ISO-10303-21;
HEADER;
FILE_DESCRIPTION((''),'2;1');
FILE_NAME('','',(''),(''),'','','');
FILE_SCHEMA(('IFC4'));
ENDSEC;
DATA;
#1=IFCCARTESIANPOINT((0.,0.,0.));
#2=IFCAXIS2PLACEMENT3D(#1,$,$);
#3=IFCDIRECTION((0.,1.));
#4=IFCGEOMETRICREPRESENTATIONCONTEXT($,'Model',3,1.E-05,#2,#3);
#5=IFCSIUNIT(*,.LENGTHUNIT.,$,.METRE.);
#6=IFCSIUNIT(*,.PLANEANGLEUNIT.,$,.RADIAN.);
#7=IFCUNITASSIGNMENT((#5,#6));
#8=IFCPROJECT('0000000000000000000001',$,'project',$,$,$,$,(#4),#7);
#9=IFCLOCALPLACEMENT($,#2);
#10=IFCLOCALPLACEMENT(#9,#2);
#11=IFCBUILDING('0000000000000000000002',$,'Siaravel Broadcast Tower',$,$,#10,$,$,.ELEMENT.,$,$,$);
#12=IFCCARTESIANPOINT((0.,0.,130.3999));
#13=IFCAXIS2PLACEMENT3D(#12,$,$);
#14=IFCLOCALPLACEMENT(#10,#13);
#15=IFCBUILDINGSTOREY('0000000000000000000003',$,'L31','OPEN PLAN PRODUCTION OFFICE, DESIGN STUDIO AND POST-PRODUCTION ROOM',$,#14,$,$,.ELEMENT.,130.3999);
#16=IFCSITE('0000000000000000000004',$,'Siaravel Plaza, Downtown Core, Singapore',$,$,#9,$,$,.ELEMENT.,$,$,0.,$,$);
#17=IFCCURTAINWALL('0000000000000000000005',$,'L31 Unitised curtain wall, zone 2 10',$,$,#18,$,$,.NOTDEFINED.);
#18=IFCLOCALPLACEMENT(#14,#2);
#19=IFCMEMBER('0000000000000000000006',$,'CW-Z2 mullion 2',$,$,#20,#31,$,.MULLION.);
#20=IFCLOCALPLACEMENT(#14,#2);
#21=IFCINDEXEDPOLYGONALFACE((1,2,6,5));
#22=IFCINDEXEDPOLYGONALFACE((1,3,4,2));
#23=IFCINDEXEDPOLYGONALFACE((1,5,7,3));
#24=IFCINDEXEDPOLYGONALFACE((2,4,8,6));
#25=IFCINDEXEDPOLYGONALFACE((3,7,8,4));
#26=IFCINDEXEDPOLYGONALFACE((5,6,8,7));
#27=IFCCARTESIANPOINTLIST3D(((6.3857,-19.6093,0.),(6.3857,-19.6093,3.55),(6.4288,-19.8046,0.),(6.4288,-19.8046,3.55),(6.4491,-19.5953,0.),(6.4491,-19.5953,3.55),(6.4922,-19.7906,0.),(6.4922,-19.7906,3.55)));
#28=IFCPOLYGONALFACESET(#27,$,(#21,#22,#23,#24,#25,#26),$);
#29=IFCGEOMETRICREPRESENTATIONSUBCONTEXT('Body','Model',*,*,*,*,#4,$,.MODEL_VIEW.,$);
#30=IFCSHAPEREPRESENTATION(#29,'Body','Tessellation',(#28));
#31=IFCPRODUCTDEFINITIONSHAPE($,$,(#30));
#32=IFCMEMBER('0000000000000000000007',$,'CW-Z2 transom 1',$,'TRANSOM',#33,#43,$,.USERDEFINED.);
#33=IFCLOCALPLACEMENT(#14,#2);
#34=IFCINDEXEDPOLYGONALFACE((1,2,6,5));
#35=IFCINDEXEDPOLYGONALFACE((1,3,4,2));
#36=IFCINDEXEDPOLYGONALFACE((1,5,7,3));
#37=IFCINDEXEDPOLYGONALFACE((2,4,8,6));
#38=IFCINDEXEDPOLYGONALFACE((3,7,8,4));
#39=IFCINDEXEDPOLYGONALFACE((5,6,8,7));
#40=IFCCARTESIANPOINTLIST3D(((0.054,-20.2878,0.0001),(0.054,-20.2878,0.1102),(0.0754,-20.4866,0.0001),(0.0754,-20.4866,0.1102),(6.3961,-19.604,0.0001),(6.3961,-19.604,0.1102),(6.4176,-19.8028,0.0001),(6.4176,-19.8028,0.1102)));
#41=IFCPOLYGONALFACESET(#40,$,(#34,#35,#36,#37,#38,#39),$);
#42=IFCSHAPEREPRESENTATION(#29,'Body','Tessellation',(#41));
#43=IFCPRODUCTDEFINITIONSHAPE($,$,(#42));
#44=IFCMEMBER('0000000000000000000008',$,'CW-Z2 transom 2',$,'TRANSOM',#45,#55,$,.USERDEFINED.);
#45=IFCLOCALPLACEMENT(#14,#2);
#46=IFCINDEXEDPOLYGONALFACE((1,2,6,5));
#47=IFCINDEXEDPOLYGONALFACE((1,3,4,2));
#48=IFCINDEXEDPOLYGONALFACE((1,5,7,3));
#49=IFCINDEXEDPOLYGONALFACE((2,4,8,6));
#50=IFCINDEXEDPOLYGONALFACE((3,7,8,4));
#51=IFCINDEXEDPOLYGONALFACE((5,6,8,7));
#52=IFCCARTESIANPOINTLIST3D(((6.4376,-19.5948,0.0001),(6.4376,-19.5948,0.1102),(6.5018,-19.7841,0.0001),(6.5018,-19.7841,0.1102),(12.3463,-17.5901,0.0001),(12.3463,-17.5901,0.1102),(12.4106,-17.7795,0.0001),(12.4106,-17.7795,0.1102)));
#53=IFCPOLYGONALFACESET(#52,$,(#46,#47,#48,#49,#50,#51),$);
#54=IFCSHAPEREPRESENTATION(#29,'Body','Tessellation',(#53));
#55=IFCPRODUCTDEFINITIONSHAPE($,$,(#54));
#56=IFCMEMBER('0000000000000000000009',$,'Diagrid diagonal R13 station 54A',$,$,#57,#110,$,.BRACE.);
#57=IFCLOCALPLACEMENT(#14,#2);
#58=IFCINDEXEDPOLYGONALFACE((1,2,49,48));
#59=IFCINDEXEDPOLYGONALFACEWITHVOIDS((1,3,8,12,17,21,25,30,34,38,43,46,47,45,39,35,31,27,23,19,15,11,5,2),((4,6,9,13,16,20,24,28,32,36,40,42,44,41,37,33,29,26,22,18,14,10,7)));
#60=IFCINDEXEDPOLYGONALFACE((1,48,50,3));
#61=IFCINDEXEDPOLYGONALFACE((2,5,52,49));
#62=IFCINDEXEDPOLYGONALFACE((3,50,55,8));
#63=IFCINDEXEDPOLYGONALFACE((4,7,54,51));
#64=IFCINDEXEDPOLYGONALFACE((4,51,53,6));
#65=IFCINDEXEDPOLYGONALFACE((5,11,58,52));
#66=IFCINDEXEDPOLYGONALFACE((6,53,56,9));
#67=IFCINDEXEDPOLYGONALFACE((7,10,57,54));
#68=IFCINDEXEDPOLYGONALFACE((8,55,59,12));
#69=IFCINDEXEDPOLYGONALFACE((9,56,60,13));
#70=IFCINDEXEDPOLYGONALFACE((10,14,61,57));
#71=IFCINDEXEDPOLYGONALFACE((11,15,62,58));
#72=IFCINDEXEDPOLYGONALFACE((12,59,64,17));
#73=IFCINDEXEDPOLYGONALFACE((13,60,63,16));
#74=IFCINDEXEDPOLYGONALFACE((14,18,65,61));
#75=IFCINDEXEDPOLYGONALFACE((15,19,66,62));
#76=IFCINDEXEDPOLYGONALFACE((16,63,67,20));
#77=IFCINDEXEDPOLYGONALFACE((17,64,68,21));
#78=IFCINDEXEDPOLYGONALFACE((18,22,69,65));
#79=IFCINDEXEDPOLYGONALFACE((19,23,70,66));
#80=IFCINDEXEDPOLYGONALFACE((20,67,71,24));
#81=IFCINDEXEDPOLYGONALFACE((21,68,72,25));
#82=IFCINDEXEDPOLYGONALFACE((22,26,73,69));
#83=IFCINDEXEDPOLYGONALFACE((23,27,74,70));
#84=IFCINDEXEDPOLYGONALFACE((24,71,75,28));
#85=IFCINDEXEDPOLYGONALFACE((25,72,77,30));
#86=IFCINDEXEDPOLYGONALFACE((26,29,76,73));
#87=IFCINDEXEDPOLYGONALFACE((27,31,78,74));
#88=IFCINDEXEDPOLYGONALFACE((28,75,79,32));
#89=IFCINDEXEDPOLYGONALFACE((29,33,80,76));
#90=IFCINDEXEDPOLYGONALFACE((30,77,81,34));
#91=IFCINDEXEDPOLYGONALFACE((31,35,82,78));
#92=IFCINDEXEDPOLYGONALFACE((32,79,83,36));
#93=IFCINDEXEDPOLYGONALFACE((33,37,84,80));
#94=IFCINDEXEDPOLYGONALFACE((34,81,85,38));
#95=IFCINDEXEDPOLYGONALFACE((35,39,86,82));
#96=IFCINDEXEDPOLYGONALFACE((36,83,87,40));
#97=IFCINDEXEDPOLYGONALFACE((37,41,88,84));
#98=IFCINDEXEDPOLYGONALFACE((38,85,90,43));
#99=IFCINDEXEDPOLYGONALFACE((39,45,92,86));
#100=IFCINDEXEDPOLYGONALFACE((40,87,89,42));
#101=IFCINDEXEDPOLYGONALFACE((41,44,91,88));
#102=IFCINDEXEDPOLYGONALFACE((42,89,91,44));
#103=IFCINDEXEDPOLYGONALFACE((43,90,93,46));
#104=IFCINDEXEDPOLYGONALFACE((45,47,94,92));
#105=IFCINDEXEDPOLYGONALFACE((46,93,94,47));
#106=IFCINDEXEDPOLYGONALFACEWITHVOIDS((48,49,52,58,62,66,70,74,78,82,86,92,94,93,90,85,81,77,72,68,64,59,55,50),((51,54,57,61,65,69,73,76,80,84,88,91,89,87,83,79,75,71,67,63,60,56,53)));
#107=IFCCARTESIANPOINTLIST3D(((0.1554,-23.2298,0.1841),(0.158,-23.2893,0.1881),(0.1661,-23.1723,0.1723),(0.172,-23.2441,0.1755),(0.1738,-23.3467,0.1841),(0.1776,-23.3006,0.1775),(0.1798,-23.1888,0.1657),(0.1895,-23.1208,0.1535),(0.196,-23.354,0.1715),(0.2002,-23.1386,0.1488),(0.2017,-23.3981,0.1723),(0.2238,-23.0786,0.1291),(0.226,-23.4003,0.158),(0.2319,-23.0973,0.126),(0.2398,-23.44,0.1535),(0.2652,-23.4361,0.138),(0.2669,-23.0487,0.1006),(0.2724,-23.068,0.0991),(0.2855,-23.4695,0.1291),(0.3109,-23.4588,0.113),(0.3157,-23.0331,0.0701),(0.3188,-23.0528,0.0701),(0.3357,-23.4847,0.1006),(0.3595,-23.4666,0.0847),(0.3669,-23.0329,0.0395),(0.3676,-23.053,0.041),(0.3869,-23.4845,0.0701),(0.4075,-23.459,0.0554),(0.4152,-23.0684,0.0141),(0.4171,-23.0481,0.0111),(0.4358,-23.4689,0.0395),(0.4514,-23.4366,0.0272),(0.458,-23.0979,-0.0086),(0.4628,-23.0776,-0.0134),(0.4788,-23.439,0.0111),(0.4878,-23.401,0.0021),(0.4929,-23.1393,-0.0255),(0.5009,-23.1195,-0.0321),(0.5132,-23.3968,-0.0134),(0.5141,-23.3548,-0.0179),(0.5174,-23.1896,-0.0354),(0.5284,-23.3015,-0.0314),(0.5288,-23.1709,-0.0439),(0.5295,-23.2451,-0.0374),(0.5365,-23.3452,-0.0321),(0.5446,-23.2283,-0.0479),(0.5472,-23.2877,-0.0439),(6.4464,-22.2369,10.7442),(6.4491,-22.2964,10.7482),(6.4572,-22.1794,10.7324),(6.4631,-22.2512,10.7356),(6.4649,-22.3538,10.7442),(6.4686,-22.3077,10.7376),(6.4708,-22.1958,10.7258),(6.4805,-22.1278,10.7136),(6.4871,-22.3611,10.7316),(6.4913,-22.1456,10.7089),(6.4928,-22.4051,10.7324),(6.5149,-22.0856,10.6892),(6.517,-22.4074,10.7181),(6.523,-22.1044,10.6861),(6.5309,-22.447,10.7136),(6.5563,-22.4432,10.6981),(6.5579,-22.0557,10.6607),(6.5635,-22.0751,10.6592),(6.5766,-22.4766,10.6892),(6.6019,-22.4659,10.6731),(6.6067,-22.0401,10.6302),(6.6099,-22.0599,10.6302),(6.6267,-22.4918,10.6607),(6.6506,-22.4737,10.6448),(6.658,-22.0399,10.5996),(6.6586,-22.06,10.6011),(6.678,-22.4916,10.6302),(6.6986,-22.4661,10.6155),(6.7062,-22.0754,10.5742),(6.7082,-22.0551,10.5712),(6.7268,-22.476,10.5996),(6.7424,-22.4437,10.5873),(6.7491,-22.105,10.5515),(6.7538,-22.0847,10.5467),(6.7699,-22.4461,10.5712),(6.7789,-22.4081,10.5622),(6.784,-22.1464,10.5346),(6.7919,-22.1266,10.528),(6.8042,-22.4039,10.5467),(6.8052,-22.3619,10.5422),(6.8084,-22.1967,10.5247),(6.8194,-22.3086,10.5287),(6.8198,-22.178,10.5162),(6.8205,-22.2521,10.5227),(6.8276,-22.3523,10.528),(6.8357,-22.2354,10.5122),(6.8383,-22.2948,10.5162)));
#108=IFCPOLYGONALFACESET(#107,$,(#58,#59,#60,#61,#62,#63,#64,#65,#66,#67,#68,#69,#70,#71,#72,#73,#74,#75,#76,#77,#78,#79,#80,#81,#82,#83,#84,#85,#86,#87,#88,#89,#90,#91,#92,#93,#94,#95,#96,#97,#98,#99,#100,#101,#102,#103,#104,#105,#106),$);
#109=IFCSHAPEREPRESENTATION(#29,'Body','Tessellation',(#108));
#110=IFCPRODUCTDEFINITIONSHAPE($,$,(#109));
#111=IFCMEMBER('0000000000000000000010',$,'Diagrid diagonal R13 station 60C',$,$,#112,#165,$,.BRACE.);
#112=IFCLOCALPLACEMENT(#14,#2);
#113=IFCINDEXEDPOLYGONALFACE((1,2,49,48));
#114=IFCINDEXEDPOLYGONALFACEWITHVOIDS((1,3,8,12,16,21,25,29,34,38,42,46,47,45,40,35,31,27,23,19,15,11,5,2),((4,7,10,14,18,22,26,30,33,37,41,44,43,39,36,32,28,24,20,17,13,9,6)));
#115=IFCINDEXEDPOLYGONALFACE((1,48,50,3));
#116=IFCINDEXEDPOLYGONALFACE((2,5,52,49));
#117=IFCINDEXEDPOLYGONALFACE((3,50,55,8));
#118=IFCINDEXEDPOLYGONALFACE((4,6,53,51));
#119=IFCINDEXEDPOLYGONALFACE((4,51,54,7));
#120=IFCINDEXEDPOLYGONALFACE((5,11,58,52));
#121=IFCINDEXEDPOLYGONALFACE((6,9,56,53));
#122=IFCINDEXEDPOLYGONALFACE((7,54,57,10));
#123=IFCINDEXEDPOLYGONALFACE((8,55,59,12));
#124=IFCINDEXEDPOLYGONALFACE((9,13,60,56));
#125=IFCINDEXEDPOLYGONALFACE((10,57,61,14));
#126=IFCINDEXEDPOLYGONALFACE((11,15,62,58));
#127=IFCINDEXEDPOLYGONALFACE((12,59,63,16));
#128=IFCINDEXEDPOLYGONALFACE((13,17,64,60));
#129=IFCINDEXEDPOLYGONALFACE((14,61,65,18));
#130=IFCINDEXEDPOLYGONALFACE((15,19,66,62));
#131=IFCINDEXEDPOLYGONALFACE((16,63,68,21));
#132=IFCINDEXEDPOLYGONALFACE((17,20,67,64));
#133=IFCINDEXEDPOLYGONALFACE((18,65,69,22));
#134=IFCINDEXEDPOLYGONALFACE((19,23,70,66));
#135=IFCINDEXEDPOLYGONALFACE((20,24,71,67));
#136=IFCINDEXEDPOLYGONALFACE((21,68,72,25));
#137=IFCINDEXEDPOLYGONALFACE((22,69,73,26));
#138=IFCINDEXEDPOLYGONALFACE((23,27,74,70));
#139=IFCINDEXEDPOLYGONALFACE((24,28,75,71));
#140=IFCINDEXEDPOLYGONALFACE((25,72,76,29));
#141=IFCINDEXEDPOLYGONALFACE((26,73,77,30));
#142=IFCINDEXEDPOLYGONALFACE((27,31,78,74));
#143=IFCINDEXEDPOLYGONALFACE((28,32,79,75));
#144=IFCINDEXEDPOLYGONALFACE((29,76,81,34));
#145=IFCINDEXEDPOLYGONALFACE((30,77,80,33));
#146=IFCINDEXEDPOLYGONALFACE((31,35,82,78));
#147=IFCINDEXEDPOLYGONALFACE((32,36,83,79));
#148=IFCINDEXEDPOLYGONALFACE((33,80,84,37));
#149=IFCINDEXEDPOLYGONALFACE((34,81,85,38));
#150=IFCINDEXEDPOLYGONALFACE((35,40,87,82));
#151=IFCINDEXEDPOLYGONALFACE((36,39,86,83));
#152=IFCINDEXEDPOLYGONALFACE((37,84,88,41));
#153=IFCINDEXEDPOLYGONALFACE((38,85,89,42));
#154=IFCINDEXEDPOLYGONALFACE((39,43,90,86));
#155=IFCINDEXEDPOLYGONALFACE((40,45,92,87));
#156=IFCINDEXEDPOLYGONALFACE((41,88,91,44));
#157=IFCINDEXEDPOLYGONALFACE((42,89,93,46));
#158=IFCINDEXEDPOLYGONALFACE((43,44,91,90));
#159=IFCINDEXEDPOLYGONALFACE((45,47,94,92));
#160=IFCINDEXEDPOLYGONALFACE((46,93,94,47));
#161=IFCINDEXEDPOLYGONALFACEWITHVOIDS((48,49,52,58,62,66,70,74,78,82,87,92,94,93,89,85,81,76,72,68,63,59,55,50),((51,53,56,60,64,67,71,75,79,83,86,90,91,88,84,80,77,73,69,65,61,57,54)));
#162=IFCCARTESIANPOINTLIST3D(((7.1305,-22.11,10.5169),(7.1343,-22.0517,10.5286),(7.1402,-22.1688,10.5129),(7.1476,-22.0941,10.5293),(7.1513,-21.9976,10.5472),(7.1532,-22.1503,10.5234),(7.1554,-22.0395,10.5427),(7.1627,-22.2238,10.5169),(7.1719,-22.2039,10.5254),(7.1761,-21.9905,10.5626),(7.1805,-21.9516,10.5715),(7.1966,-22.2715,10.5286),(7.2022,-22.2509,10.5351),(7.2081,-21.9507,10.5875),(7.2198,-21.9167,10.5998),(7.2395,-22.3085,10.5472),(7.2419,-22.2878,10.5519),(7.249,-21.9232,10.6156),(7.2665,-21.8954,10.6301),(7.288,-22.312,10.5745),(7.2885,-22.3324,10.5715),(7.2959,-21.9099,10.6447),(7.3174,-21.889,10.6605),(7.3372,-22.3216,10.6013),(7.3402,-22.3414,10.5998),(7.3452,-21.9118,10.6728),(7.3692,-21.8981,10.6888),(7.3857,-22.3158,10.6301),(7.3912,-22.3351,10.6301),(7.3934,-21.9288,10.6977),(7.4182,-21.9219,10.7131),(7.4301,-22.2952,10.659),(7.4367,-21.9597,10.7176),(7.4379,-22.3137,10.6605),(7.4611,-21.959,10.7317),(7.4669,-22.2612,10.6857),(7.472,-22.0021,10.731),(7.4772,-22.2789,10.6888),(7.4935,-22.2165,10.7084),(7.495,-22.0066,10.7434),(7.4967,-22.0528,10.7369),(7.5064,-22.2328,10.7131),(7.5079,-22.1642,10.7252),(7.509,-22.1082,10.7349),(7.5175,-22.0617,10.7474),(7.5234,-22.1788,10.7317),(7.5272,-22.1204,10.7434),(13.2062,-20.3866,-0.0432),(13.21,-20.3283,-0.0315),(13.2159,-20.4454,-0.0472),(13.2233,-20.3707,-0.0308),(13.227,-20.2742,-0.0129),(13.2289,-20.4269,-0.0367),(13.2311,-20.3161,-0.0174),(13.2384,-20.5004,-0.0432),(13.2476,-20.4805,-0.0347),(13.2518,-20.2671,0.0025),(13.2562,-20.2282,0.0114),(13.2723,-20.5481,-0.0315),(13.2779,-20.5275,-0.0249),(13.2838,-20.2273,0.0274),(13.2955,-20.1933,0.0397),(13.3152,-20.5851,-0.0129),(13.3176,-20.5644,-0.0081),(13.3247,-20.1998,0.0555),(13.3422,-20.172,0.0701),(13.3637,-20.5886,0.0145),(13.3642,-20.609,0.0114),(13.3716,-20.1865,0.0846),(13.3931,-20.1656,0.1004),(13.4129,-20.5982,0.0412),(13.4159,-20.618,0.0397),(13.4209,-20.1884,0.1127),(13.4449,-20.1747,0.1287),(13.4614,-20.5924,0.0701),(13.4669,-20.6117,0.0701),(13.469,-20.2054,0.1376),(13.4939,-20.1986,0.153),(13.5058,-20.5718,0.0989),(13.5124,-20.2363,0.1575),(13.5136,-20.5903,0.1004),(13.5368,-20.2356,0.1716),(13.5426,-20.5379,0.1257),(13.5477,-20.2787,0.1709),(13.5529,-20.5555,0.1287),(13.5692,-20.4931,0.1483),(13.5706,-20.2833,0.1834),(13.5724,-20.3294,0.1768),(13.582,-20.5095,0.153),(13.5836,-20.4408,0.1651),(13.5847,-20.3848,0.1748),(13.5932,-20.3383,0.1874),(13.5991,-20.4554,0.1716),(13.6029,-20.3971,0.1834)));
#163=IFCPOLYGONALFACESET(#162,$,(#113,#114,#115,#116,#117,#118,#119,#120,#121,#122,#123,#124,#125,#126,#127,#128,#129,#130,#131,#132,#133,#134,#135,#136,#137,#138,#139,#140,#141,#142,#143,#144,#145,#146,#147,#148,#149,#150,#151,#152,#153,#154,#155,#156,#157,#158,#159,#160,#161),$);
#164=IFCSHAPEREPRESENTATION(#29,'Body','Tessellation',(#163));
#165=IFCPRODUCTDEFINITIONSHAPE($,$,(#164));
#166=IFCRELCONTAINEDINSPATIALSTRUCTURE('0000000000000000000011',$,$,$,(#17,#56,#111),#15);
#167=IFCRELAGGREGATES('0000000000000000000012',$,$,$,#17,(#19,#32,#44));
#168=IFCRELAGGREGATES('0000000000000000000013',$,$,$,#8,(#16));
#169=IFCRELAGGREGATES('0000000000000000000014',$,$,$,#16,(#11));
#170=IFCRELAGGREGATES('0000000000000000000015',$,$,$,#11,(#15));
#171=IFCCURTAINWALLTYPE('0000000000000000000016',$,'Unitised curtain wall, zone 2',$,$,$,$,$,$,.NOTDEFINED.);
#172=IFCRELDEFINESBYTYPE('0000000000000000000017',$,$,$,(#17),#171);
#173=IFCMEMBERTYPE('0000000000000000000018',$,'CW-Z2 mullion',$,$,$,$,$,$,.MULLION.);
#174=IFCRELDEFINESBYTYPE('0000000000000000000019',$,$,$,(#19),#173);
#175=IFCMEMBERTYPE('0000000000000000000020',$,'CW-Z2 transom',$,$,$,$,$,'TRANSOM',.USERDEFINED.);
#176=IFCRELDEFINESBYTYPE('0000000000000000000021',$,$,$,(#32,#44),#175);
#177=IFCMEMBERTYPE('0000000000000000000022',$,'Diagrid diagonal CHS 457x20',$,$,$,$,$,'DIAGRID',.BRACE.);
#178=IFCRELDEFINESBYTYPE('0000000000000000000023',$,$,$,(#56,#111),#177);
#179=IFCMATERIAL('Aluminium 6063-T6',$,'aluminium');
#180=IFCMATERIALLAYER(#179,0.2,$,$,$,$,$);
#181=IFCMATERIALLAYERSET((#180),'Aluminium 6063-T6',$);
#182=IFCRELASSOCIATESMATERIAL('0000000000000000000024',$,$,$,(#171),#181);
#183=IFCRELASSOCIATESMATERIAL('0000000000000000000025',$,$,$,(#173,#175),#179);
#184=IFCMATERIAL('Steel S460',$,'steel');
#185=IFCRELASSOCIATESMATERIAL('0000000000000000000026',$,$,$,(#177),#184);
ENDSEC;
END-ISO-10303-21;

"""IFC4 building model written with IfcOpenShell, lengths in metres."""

from ifc_helpers import new_model, si_unit, direction, frame, origin, origin_2d, place, context, subcontext, project, spatial, rectangle, hollow_circle, extrude, material, layer, layer_set, material_profile, profile_set, type_object, element, aggregate, save


model = new_model("IFC4")

# Units and contexts
model_context = context("Model", 3, precision=1e-05, world=origin(), true_north=direction((0.0, 1.0)))
body_context = subcontext(model_context, "Body", "Model", "MODEL_VIEW")
ifc_project = project(units=[si_unit("LENGTHUNIT", "METRE"), si_unit("PLANEANGLEUNIT", "RADIAN")], contexts=[model_context])

# Site, building, storey
site_placement = place(None, origin())
site = spatial("IfcSite", under=ifc_project, at=site_placement, Name="Siaravel Plaza, Downtown Core, Singapore", CompositionType="ELEMENT", RefElevation=0.0)
building_placement = place(site_placement, origin())
building = spatial("IfcBuilding", under=site, at=building_placement, Name="Siaravel Broadcast Tower", CompositionType="ELEMENT")
storey_placement = place(building_placement, frame((0.0, 0.0, 130.3999)))
storey = spatial("IfcBuildingStorey", under=building, at=storey_placement, Name="L31", Description="OPEN PLAN PRODUCTION OFFICE, DESIGN STUDIO AND POST-PRODUCTION ROOM", CompositionType="ELEMENT", Elevation=130.3999)

# Curtain wall, members
ifc_material_1 = material(Name="Aluminium 6063-T6", Category="aluminium")
ifc_layer_1 = layer(ifc_material_1, 0.2)
ifc_layer_set_1 = layer_set([ifc_layer_1], Name="Aluminium 6063-T6")
curtain_wall_type = type_object("IfcCurtainWallType", Name="Unitised curtain wall, zone 2", PredefinedType="NOTDEFINED", material=ifc_layer_set_1)
curtain_wall_placement = place(storey_placement, origin())
curtain_wall = element("IfcCurtainWall", 1, at=curtain_wall_placement, inside=storey, type_object=curtain_wall_type, Name="L31 Unitised curtain wall, zone 2 10", PredefinedType="NOTDEFINED")
ifc_material_profile_1 = material_profile(ifc_material_1, rectangle(XDim=0.2, YDim=0.0649, at=origin_2d()))
ifc_profile_set_1 = profile_set([ifc_material_profile_1], Name="Aluminium 6063-T6")
member_type_1 = type_object("IfcMemberType", Name="CW-Z2 mullion", PredefinedType="MULLION", material=ifc_profile_set_1)
member_1_placement = place(storey_placement, frame((6.439, -19.7, 0.0), z_axis=(0.0, 0.0, 1.0), x_axis=(-0.215559, 0.976491, 0.0)))
member_1 = element("IfcMember", 2, at=member_1_placement, type_object=member_type_1, Name="CW-Z2 mullion 2", PredefinedType="MULLION", context=body_context, shape_type="SweptSolid", body=[
    extrude(rectangle(XDim=0.2, YDim=0.0649, at=origin_2d()), origin(), (0.0, 0.0, 1.0), 3.55),
])
ifc_material_profile_2 = material_profile(ifc_material_1, rectangle(XDim=0.2, YDim=0.1101, at=origin_2d()))
ifc_profile_set_2 = profile_set([ifc_material_profile_2], Name="Aluminium 6063-T6")
member_type_2 = type_object("IfcMemberType", Name="CW-Z2 transom", ElementType="TRANSOM", PredefinedType="USERDEFINED", material=ifc_profile_set_2)
member_2_placement = place(storey_placement, frame((0.0647, -20.3872, 0.0552), z_axis=(0.994237, 0.107205, 0.0), x_axis=(-0.107205, 0.994237, 0.0)))
member_2 = element("IfcMember", 3, at=member_2_placement, type_object=member_type_2, Name="CW-Z2 transom 1", ObjectType="TRANSOM", PredefinedType="USERDEFINED", context=body_context, shape_type="SweptSolid", body=[
    extrude(rectangle(XDim=0.2, YDim=0.1101, at=origin_2d()), origin(), (0.0, 0.0, 1.0), 6.3789),
])
member_3_placement = place(storey_placement, frame((6.4697, -19.6895, 0.0552), z_axis=(0.946983, 0.321283, 0.0), x_axis=(-0.321283, 0.946983, 0.0)))
member_3 = element("IfcMember", 4, at=member_3_placement, type_object=member_type_2, Name="CW-Z2 transom 2", ObjectType="TRANSOM", PredefinedType="USERDEFINED", context=body_context, shape_type="SweptSolid", body=[
    extrude(rectangle(XDim=0.2, YDim=0.1101, at=origin_2d()), origin(), (0.0, 0.0, 1.0), 6.2395),
])

# Members
ifc_material_2 = material(Name="Steel S460", Category="steel")
ifc_material_profile_3 = material_profile(ifc_material_2, hollow_circle(Radius=0.2285, WallThickness=0.02, at=origin_2d()))
ifc_profile_set_3 = profile_set([ifc_material_profile_3], Name="Steel S460")
member_type_3 = type_object("IfcMemberType", Name="Diagrid diagonal CHS 457x20", ElementType="DIAGRID", PredefinedType="BRACE", material=ifc_profile_set_3)
member_4_placement = place(storey_placement, frame((0.3513, -23.2588, 0.0701), z_axis=(0.510139, 0.080516, 0.856315), x_axis=(-0.155902, 0.987773, 0.0)))
element("IfcMember", 5, at=member_4_placement, inside=storey, type_object=member_type_3, Name="Diagrid diagonal R13 station 54A", PredefinedType="BRACE", context=body_context, shape_type="SweptSolid", body=[
    extrude(hollow_circle(Radius=0.2285, WallThickness=0.02, at=origin_2d()), origin(), (0.0, 0.0, 1.0), 12.332),
])
member_5_placement = place(storey_placement, frame((13.4045, -20.3918, 0.0701), z_axis=(-0.49378, -0.140063, 0.858233), x_axis=(0.272888, -0.962046, 0.0)))
element("IfcMember", 6, at=member_5_placement, inside=storey, type_object=member_type_3, Name="Diagrid diagonal R13 station 60C", PredefinedType="BRACE", context=body_context, shape_type="SweptSolid", body=[
    extrude(hollow_circle(Radius=0.2285, WallThickness=0.02, at=origin_2d()), origin(), (0.0, 0.0, 1.0), 12.3044),
])

aggregate(curtain_wall, [member_1, member_2, member_3])

save(model, "model.ifc")
